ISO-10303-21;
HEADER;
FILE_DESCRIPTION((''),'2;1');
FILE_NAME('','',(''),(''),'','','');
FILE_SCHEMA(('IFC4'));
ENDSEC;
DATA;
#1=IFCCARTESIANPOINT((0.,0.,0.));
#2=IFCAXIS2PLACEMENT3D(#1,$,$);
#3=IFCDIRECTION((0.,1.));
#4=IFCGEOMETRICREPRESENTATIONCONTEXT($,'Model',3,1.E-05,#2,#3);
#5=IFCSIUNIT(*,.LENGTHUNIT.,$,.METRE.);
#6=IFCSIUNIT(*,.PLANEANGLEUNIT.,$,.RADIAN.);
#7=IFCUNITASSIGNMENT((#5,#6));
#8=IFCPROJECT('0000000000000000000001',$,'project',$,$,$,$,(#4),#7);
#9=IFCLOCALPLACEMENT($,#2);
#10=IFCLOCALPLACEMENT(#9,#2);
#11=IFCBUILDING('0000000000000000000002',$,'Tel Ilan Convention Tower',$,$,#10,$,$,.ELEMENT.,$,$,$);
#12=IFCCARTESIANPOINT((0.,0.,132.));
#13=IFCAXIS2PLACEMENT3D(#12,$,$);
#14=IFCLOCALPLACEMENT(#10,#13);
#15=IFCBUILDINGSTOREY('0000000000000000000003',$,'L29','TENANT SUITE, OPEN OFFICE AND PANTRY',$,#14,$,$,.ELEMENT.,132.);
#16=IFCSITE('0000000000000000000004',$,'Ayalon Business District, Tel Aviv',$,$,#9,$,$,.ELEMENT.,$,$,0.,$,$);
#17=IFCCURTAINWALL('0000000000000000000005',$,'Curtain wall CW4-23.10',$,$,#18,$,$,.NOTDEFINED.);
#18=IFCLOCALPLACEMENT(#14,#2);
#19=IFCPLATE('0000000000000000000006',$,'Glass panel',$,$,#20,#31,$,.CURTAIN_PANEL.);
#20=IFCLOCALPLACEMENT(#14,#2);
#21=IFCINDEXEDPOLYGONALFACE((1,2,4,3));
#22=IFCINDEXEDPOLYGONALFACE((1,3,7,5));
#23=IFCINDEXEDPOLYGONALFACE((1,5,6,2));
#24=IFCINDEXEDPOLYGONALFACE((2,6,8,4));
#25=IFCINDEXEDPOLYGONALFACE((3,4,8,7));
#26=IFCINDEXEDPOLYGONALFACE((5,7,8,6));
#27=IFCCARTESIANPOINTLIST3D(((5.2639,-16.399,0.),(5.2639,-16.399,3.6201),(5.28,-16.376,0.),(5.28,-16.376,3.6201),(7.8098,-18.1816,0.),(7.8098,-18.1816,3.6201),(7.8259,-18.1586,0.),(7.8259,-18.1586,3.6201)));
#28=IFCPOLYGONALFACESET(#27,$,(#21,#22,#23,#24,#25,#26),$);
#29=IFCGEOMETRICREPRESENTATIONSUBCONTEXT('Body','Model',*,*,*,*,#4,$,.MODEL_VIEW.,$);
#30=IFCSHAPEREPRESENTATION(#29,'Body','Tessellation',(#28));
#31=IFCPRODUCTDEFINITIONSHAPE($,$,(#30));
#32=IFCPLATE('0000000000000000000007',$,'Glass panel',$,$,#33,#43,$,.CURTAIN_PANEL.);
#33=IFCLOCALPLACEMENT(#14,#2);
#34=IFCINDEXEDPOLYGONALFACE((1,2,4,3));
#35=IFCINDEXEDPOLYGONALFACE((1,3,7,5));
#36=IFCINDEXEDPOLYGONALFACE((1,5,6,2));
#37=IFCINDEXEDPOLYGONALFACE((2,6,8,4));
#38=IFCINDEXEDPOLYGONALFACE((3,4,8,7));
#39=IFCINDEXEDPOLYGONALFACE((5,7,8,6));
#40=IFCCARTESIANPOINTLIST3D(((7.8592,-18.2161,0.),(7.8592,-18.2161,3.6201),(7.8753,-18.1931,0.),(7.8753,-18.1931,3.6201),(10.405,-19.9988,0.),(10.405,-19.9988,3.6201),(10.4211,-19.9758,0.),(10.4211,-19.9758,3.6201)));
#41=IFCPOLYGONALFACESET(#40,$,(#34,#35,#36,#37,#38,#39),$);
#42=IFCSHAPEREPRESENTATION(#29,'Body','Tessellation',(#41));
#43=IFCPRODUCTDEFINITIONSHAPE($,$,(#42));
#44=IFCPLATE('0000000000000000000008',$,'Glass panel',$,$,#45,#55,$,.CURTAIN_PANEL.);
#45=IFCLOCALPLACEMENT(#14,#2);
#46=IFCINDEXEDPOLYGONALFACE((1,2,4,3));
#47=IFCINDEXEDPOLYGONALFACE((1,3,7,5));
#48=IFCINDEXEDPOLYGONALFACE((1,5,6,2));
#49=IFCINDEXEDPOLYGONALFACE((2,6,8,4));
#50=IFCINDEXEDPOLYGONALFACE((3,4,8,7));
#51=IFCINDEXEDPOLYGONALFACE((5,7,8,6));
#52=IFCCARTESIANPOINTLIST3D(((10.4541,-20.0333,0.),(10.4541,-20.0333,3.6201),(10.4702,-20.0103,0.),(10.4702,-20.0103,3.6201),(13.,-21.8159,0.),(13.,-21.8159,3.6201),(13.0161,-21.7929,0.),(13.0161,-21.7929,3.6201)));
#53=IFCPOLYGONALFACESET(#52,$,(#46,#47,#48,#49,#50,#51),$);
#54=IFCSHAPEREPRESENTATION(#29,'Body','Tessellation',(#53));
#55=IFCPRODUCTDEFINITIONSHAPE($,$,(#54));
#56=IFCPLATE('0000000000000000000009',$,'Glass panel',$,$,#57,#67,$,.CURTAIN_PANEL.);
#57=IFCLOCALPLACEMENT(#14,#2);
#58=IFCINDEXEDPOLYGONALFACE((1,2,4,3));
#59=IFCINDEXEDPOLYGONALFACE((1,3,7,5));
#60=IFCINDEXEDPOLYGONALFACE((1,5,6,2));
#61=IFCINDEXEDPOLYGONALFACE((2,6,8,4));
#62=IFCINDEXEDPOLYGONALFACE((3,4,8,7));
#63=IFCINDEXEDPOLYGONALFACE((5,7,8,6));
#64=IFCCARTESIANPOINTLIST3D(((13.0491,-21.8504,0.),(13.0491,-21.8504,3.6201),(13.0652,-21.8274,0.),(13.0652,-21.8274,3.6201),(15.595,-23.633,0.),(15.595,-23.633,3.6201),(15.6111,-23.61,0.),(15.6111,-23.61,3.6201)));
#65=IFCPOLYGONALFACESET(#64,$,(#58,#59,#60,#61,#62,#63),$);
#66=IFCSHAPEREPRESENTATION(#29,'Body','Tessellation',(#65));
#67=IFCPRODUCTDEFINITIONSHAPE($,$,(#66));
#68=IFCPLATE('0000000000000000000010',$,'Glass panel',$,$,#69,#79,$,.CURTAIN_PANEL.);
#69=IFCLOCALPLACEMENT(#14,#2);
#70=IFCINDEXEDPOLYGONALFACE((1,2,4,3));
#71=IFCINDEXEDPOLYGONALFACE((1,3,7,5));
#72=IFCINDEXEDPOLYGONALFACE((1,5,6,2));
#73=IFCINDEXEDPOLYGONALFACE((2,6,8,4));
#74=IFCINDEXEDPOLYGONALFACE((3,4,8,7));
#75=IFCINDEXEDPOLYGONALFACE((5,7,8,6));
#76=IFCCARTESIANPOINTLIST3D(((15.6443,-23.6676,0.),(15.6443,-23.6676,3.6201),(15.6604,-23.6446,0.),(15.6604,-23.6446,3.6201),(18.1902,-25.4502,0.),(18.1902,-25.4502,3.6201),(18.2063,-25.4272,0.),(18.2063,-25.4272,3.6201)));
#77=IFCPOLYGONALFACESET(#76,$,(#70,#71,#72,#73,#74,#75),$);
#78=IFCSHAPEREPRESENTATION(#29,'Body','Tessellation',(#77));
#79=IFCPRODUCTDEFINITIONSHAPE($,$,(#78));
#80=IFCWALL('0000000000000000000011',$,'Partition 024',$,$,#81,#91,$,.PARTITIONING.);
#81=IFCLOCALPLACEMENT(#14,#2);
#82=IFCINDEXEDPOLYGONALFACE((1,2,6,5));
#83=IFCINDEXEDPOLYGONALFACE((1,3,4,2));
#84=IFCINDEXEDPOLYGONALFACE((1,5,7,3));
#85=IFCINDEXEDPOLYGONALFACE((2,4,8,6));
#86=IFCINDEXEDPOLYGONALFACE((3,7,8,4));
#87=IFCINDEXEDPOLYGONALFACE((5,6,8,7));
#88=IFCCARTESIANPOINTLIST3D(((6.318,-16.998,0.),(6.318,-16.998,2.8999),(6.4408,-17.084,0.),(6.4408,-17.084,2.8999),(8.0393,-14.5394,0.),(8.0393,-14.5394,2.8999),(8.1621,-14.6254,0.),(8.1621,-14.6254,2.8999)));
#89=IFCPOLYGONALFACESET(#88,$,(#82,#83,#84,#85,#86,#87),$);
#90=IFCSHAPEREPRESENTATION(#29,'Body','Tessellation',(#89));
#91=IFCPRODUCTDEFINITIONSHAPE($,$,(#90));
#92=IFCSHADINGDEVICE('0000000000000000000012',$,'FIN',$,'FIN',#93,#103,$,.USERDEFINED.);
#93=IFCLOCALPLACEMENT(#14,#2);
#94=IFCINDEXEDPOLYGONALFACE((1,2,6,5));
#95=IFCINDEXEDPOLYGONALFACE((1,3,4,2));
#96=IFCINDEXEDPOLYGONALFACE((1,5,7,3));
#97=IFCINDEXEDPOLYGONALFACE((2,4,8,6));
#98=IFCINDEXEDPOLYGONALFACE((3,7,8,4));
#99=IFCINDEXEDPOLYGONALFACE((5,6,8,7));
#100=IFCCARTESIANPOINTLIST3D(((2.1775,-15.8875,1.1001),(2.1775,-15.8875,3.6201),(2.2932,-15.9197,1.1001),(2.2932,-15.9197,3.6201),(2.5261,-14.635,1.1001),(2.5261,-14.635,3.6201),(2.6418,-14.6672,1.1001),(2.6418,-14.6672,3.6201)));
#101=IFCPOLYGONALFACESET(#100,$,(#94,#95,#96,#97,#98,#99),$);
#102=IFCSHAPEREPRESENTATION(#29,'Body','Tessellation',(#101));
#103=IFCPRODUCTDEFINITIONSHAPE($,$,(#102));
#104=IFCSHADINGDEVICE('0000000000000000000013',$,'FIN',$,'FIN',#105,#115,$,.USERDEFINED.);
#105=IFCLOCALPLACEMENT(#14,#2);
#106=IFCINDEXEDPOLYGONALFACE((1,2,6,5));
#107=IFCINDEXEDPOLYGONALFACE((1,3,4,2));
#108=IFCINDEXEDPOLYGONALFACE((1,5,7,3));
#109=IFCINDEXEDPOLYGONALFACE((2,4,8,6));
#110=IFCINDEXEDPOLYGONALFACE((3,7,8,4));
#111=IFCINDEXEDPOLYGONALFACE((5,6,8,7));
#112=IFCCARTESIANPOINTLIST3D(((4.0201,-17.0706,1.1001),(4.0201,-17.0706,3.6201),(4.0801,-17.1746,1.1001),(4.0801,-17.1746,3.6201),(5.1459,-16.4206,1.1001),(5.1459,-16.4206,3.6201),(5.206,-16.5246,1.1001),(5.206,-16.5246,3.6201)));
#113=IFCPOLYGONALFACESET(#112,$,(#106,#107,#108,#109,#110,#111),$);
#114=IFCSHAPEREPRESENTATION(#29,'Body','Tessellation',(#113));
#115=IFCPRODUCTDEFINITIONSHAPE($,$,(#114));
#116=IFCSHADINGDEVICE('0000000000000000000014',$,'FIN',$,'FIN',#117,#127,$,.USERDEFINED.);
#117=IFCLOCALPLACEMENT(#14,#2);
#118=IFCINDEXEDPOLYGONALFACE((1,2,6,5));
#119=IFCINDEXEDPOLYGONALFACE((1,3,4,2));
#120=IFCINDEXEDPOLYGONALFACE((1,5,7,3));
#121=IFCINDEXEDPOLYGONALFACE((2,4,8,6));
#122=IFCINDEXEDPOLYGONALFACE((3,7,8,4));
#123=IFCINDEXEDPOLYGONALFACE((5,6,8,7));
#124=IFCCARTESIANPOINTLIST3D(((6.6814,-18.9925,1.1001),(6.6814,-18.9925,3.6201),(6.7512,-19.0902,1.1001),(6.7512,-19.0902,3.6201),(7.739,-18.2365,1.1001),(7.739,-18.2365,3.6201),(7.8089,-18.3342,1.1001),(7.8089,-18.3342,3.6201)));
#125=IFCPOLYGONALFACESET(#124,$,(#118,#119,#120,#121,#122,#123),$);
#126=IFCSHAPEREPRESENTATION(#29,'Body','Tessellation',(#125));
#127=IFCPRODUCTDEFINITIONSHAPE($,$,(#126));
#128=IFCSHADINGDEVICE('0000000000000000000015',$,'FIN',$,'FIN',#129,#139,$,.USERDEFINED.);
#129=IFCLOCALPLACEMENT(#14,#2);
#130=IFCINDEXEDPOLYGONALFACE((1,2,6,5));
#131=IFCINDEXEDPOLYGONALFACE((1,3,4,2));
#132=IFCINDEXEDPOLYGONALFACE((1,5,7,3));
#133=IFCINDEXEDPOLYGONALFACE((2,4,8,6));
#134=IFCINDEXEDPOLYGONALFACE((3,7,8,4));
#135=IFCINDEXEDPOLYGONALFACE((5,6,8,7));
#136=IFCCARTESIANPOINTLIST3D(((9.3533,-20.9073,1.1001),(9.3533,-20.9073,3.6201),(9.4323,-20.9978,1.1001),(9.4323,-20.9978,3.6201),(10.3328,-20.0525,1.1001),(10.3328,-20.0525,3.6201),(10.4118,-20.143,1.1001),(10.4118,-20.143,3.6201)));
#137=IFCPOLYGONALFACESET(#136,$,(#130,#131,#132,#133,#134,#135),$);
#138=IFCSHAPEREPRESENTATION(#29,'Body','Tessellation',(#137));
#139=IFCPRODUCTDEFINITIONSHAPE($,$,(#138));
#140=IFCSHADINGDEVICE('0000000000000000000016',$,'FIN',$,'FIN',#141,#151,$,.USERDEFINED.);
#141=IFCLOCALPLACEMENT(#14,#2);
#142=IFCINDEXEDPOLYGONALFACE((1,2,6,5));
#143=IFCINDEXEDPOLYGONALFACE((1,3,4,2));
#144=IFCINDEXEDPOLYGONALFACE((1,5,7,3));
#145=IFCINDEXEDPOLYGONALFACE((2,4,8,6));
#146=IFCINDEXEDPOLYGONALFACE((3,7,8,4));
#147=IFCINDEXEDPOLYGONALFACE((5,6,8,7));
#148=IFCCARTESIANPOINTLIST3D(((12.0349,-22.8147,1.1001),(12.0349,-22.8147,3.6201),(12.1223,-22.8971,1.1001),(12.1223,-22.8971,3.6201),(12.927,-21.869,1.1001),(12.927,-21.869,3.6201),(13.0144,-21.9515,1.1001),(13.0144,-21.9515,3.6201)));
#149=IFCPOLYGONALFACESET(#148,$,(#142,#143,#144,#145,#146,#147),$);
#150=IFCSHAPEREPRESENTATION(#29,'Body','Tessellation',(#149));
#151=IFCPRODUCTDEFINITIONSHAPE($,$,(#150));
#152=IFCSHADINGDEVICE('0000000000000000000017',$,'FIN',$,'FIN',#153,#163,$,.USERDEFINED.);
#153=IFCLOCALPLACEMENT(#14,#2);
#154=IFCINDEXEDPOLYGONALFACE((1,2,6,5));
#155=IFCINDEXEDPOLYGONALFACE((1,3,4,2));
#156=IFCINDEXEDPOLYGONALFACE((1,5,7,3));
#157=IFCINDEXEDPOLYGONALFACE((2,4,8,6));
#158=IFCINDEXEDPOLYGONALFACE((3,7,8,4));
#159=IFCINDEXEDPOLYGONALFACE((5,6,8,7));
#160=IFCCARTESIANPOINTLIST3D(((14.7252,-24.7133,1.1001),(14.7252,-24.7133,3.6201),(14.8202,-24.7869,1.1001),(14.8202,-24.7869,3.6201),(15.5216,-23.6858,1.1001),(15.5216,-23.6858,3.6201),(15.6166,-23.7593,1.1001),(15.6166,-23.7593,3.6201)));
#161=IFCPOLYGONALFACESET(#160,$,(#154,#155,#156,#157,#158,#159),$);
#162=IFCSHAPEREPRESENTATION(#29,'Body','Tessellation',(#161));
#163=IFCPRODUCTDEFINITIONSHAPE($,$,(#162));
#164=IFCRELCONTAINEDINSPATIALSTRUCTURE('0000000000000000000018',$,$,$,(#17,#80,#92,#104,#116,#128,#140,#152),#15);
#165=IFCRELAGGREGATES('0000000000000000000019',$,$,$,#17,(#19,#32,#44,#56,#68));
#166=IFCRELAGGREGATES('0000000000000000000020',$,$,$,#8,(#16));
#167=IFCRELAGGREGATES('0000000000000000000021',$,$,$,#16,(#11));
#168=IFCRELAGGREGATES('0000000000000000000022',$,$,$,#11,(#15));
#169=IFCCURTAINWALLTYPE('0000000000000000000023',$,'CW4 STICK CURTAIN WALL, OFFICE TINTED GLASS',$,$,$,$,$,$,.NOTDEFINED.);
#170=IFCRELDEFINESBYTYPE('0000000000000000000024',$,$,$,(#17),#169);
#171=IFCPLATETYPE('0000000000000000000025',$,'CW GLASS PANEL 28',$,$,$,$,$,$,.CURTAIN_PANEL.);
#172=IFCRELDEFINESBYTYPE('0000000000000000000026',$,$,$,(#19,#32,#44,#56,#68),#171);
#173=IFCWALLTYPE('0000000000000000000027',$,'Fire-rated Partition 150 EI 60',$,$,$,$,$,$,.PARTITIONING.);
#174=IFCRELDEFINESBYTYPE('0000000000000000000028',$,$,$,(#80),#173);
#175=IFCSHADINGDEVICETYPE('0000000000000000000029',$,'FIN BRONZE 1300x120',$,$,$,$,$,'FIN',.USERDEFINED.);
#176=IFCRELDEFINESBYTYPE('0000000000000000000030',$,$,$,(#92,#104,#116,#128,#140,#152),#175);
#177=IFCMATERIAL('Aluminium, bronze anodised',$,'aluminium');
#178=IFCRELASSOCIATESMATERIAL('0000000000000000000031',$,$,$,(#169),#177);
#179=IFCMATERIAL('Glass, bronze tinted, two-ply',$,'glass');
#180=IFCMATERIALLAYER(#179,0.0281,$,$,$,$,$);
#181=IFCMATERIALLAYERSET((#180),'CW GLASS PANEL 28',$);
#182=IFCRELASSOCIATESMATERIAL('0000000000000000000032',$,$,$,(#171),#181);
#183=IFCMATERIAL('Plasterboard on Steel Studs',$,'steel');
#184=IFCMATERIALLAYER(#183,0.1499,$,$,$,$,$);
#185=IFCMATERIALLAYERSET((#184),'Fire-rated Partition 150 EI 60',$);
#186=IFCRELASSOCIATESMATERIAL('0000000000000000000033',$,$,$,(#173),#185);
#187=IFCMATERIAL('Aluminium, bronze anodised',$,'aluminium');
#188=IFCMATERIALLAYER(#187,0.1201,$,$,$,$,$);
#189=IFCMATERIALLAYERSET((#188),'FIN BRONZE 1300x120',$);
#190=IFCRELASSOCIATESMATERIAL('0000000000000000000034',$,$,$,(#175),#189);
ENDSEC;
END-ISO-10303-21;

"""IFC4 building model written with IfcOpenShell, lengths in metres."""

from ifc_helpers import new_model, si_unit, direction, frame, frame_2d, origin, origin_2d, place, context, subcontext, project, spatial, rectangle, extrude, material, layer, layer_set, type_object, element, aggregate, save


model = new_model("IFC4")

# Units and contexts
model_context = context("Model", 3, precision=1e-05, world=origin(), true_north=direction((0.0, 1.0)))
body_context = subcontext(model_context, "Body", "Model", "MODEL_VIEW")
ifc_project = project(units=[si_unit("LENGTHUNIT", "METRE"), si_unit("PLANEANGLEUNIT", "RADIAN")], contexts=[model_context])

# Site, building, storey
site_placement = place(None, origin())
site = spatial("IfcSite", under=ifc_project, at=site_placement, Name="Ayalon Business District, Tel Aviv", CompositionType="ELEMENT", RefElevation=0.0)
building_placement = place(site_placement, origin())
building = spatial("IfcBuilding", under=site, at=building_placement, Name="Tel Ilan Convention Tower", CompositionType="ELEMENT")
storey_placement = place(building_placement, frame((0.0, 0.0, 132.0)))
storey = spatial("IfcBuildingStorey", under=building, at=storey_placement, Name="L29", Description="TENANT SUITE, OPEN OFFICE AND PANTRY", CompositionType="ELEMENT", Elevation=132.0)

# Curtain wall, plates
ifc_material_1 = material(Name="Aluminium, bronze anodised", Category="aluminium")
curtain_wall_type = type_object("IfcCurtainWallType", Name="CW4 STICK CURTAIN WALL, OFFICE TINTED GLASS", PredefinedType="NOTDEFINED", material=ifc_material_1)
curtain_wall_placement = place(storey_placement, origin())
curtain_wall = element("IfcCurtainWall", 1, at=curtain_wall_placement, inside=storey, type_object=curtain_wall_type, Name="Curtain wall CW4-23.10", PredefinedType="NOTDEFINED")
ifc_material_2 = material(Name="Glass, bronze tinted, two-ply", Category="glass")
ifc_layer_1 = layer(ifc_material_2, 0.0281)
ifc_layer_set_1 = layer_set([ifc_layer_1], Name="CW GLASS PANEL 28")
plate_type = type_object("IfcPlateType", Name="CW GLASS PANEL 28", PredefinedType="CURTAIN_PANEL", material=ifc_layer_set_1)
plate_1_placement = place(storey_placement, frame((6.5449, -17.2788, 0.0), z_axis=(0.0, 0.0, 1.0), x_axis=(0.819152, -0.573576, 0.0)))
plate_1 = element("IfcPlate", 2, at=plate_1_placement, type_object=plate_type, Name="Glass panel", PredefinedType="CURTAIN_PANEL", context=body_context, shape_type="SweptSolid", body=[
    extrude(rectangle(XDim=3.1079, YDim=0.0281, at=origin_2d()), origin(), (0.0, 0.0, 1.0), 3.6201),
])
plate_2_placement = place(storey_placement, frame((9.1401, -19.0959, 0.0), z_axis=(0.0, 0.0, 1.0), x_axis=(0.819152, -0.573576, 0.0)))
plate_2 = element("IfcPlate", 3, at=plate_2_placement, type_object=plate_type, Name="Glass panel", PredefinedType="CURTAIN_PANEL", context=body_context, shape_type="SweptSolid", body=[
    extrude(rectangle(XDim=3.1079, YDim=0.0281, at=origin_2d()), origin(), (0.0, 0.0, 1.0), 3.6201),
])
plate_3_placement = place(storey_placement, frame((11.7351, -20.9131, 0.0), z_axis=(0.0, 0.0, 1.0), x_axis=(0.819152, -0.573576, 0.0)))
plate_3 = element("IfcPlate", 4, at=plate_3_placement, type_object=plate_type, Name="Glass panel", PredefinedType="CURTAIN_PANEL", context=body_context, shape_type="SweptSolid", body=[
    extrude(rectangle(XDim=3.1079, YDim=0.0281, at=origin_2d()), origin(), (0.0, 0.0, 1.0), 3.6201),
])
plate_4_placement = place(storey_placement, frame((14.3301, -22.7302, 0.0), z_axis=(0.0, 0.0, 1.0), x_axis=(0.819152, -0.573576, 0.0)))
plate_4 = element("IfcPlate", 5, at=plate_4_placement, type_object=plate_type, Name="Glass panel", PredefinedType="CURTAIN_PANEL", context=body_context, shape_type="SweptSolid", body=[
    extrude(rectangle(XDim=3.1079, YDim=0.0281, at=origin_2d()), origin(), (0.0, 0.0, 1.0), 3.6201),
])
plate_5_placement = place(storey_placement, frame((16.9253, -24.5474, 0.0), z_axis=(0.0, 0.0, 1.0), x_axis=(0.819152, -0.573576, 0.0)))
plate_5 = element("IfcPlate", 6, at=plate_5_placement, type_object=plate_type, Name="Glass panel", PredefinedType="CURTAIN_PANEL", context=body_context, shape_type="SweptSolid", body=[
    extrude(rectangle(XDim=3.1079, YDim=0.0281, at=origin_2d()), origin(), (0.0, 0.0, 1.0), 3.6201),
])
aggregate(curtain_wall, [plate_1, plate_2, plate_3, plate_4, plate_5])

# Wall
ifc_material_3 = material(Name="Plasterboard on Steel Studs", Category="steel")
ifc_layer_2 = layer(ifc_material_3, 0.1499)
ifc_layer_set_2 = layer_set([ifc_layer_2], Name="Fire-rated Partition 150 EI 60")
wall_type = type_object("IfcWallType", Name="Fire-rated Partition 150 EI 60", PredefinedType="PARTITIONING", material=ifc_layer_set_2)
wall_placement = place(storey_placement, frame((8.1006, -14.5825, 0.0), z_axis=(0.0, 0.0, 1.0), x_axis=(-0.573517, -0.819194, 0.0)))
element("IfcWall", 7, at=wall_placement, inside=storey, type_object=wall_type, Name="Partition 024", PredefinedType="PARTITIONING", context=body_context, shape_type="SweptSolid", body=[
    extrude(rectangle(XDim=3.0012, YDim=0.1499, at=frame_2d((1.5005, 0.0))), origin(), (0.0, 0.0, 1.0), 2.8999),
])

# Shading devices
ifc_material_4 = material(Name="Aluminium, bronze anodised", Category="aluminium")
ifc_layer_3 = layer(ifc_material_4, 0.1201)
ifc_layer_set_3 = layer_set([ifc_layer_3], Name="FIN BRONZE 1300x120")
shading_device_type = type_object("IfcShadingDeviceType", Name="FIN BRONZE 1300x120", ElementType="FIN", PredefinedType="USERDEFINED", material=ifc_layer_set_3)
for number, where, z_axis, x_axis, name in (
    (8, (2.4097, -15.2773, 1.1001), (0.0, 0.0, 1.0), (-0.268173, -0.963371, 0.0), "FIN"),
    (9, (4.613, -16.7976, 1.1001), (0.0, 0.0, 1.0), (-0.866025, -0.5, 0.0), "FIN"),
    (10, (7.2451, -18.6633, 1.1001), (0.0, 0.0, 1.0), (-0.813552, -0.581492, 0.0), "FIN"),
    (11, (9.8826, -20.5251, 1.1001), (0.0, 0.0, 1.0), (-0.753436, -0.657521, 0.0), "FIN"),
    (12, (12.5247, -22.3831, 1.1001), (0.0, 0.0, 1.0), (-0.686242, -0.727374, 0.0), "FIN"),
    (13, (15.1709, -24.2363, 1.1001), (0.0, 0.0, 1.0), (-0.612601, -0.790393, 0.0), "FIN"),
):
    element("IfcShadingDevice", number, at=place(storey_placement, frame(where, z_axis=z_axis, x_axis=x_axis)), inside=storey, type_object=shading_device_type, Name=name, ObjectType="FIN", PredefinedType="USERDEFINED", context=body_context, shape_type="SweptSolid", body=[
        extrude(rectangle(XDim=1.3, YDim=0.1201, at=origin_2d()), origin(), (0.0, 0.0, 1.0), 2.52),
    ])

save(model, "model.ifc")
